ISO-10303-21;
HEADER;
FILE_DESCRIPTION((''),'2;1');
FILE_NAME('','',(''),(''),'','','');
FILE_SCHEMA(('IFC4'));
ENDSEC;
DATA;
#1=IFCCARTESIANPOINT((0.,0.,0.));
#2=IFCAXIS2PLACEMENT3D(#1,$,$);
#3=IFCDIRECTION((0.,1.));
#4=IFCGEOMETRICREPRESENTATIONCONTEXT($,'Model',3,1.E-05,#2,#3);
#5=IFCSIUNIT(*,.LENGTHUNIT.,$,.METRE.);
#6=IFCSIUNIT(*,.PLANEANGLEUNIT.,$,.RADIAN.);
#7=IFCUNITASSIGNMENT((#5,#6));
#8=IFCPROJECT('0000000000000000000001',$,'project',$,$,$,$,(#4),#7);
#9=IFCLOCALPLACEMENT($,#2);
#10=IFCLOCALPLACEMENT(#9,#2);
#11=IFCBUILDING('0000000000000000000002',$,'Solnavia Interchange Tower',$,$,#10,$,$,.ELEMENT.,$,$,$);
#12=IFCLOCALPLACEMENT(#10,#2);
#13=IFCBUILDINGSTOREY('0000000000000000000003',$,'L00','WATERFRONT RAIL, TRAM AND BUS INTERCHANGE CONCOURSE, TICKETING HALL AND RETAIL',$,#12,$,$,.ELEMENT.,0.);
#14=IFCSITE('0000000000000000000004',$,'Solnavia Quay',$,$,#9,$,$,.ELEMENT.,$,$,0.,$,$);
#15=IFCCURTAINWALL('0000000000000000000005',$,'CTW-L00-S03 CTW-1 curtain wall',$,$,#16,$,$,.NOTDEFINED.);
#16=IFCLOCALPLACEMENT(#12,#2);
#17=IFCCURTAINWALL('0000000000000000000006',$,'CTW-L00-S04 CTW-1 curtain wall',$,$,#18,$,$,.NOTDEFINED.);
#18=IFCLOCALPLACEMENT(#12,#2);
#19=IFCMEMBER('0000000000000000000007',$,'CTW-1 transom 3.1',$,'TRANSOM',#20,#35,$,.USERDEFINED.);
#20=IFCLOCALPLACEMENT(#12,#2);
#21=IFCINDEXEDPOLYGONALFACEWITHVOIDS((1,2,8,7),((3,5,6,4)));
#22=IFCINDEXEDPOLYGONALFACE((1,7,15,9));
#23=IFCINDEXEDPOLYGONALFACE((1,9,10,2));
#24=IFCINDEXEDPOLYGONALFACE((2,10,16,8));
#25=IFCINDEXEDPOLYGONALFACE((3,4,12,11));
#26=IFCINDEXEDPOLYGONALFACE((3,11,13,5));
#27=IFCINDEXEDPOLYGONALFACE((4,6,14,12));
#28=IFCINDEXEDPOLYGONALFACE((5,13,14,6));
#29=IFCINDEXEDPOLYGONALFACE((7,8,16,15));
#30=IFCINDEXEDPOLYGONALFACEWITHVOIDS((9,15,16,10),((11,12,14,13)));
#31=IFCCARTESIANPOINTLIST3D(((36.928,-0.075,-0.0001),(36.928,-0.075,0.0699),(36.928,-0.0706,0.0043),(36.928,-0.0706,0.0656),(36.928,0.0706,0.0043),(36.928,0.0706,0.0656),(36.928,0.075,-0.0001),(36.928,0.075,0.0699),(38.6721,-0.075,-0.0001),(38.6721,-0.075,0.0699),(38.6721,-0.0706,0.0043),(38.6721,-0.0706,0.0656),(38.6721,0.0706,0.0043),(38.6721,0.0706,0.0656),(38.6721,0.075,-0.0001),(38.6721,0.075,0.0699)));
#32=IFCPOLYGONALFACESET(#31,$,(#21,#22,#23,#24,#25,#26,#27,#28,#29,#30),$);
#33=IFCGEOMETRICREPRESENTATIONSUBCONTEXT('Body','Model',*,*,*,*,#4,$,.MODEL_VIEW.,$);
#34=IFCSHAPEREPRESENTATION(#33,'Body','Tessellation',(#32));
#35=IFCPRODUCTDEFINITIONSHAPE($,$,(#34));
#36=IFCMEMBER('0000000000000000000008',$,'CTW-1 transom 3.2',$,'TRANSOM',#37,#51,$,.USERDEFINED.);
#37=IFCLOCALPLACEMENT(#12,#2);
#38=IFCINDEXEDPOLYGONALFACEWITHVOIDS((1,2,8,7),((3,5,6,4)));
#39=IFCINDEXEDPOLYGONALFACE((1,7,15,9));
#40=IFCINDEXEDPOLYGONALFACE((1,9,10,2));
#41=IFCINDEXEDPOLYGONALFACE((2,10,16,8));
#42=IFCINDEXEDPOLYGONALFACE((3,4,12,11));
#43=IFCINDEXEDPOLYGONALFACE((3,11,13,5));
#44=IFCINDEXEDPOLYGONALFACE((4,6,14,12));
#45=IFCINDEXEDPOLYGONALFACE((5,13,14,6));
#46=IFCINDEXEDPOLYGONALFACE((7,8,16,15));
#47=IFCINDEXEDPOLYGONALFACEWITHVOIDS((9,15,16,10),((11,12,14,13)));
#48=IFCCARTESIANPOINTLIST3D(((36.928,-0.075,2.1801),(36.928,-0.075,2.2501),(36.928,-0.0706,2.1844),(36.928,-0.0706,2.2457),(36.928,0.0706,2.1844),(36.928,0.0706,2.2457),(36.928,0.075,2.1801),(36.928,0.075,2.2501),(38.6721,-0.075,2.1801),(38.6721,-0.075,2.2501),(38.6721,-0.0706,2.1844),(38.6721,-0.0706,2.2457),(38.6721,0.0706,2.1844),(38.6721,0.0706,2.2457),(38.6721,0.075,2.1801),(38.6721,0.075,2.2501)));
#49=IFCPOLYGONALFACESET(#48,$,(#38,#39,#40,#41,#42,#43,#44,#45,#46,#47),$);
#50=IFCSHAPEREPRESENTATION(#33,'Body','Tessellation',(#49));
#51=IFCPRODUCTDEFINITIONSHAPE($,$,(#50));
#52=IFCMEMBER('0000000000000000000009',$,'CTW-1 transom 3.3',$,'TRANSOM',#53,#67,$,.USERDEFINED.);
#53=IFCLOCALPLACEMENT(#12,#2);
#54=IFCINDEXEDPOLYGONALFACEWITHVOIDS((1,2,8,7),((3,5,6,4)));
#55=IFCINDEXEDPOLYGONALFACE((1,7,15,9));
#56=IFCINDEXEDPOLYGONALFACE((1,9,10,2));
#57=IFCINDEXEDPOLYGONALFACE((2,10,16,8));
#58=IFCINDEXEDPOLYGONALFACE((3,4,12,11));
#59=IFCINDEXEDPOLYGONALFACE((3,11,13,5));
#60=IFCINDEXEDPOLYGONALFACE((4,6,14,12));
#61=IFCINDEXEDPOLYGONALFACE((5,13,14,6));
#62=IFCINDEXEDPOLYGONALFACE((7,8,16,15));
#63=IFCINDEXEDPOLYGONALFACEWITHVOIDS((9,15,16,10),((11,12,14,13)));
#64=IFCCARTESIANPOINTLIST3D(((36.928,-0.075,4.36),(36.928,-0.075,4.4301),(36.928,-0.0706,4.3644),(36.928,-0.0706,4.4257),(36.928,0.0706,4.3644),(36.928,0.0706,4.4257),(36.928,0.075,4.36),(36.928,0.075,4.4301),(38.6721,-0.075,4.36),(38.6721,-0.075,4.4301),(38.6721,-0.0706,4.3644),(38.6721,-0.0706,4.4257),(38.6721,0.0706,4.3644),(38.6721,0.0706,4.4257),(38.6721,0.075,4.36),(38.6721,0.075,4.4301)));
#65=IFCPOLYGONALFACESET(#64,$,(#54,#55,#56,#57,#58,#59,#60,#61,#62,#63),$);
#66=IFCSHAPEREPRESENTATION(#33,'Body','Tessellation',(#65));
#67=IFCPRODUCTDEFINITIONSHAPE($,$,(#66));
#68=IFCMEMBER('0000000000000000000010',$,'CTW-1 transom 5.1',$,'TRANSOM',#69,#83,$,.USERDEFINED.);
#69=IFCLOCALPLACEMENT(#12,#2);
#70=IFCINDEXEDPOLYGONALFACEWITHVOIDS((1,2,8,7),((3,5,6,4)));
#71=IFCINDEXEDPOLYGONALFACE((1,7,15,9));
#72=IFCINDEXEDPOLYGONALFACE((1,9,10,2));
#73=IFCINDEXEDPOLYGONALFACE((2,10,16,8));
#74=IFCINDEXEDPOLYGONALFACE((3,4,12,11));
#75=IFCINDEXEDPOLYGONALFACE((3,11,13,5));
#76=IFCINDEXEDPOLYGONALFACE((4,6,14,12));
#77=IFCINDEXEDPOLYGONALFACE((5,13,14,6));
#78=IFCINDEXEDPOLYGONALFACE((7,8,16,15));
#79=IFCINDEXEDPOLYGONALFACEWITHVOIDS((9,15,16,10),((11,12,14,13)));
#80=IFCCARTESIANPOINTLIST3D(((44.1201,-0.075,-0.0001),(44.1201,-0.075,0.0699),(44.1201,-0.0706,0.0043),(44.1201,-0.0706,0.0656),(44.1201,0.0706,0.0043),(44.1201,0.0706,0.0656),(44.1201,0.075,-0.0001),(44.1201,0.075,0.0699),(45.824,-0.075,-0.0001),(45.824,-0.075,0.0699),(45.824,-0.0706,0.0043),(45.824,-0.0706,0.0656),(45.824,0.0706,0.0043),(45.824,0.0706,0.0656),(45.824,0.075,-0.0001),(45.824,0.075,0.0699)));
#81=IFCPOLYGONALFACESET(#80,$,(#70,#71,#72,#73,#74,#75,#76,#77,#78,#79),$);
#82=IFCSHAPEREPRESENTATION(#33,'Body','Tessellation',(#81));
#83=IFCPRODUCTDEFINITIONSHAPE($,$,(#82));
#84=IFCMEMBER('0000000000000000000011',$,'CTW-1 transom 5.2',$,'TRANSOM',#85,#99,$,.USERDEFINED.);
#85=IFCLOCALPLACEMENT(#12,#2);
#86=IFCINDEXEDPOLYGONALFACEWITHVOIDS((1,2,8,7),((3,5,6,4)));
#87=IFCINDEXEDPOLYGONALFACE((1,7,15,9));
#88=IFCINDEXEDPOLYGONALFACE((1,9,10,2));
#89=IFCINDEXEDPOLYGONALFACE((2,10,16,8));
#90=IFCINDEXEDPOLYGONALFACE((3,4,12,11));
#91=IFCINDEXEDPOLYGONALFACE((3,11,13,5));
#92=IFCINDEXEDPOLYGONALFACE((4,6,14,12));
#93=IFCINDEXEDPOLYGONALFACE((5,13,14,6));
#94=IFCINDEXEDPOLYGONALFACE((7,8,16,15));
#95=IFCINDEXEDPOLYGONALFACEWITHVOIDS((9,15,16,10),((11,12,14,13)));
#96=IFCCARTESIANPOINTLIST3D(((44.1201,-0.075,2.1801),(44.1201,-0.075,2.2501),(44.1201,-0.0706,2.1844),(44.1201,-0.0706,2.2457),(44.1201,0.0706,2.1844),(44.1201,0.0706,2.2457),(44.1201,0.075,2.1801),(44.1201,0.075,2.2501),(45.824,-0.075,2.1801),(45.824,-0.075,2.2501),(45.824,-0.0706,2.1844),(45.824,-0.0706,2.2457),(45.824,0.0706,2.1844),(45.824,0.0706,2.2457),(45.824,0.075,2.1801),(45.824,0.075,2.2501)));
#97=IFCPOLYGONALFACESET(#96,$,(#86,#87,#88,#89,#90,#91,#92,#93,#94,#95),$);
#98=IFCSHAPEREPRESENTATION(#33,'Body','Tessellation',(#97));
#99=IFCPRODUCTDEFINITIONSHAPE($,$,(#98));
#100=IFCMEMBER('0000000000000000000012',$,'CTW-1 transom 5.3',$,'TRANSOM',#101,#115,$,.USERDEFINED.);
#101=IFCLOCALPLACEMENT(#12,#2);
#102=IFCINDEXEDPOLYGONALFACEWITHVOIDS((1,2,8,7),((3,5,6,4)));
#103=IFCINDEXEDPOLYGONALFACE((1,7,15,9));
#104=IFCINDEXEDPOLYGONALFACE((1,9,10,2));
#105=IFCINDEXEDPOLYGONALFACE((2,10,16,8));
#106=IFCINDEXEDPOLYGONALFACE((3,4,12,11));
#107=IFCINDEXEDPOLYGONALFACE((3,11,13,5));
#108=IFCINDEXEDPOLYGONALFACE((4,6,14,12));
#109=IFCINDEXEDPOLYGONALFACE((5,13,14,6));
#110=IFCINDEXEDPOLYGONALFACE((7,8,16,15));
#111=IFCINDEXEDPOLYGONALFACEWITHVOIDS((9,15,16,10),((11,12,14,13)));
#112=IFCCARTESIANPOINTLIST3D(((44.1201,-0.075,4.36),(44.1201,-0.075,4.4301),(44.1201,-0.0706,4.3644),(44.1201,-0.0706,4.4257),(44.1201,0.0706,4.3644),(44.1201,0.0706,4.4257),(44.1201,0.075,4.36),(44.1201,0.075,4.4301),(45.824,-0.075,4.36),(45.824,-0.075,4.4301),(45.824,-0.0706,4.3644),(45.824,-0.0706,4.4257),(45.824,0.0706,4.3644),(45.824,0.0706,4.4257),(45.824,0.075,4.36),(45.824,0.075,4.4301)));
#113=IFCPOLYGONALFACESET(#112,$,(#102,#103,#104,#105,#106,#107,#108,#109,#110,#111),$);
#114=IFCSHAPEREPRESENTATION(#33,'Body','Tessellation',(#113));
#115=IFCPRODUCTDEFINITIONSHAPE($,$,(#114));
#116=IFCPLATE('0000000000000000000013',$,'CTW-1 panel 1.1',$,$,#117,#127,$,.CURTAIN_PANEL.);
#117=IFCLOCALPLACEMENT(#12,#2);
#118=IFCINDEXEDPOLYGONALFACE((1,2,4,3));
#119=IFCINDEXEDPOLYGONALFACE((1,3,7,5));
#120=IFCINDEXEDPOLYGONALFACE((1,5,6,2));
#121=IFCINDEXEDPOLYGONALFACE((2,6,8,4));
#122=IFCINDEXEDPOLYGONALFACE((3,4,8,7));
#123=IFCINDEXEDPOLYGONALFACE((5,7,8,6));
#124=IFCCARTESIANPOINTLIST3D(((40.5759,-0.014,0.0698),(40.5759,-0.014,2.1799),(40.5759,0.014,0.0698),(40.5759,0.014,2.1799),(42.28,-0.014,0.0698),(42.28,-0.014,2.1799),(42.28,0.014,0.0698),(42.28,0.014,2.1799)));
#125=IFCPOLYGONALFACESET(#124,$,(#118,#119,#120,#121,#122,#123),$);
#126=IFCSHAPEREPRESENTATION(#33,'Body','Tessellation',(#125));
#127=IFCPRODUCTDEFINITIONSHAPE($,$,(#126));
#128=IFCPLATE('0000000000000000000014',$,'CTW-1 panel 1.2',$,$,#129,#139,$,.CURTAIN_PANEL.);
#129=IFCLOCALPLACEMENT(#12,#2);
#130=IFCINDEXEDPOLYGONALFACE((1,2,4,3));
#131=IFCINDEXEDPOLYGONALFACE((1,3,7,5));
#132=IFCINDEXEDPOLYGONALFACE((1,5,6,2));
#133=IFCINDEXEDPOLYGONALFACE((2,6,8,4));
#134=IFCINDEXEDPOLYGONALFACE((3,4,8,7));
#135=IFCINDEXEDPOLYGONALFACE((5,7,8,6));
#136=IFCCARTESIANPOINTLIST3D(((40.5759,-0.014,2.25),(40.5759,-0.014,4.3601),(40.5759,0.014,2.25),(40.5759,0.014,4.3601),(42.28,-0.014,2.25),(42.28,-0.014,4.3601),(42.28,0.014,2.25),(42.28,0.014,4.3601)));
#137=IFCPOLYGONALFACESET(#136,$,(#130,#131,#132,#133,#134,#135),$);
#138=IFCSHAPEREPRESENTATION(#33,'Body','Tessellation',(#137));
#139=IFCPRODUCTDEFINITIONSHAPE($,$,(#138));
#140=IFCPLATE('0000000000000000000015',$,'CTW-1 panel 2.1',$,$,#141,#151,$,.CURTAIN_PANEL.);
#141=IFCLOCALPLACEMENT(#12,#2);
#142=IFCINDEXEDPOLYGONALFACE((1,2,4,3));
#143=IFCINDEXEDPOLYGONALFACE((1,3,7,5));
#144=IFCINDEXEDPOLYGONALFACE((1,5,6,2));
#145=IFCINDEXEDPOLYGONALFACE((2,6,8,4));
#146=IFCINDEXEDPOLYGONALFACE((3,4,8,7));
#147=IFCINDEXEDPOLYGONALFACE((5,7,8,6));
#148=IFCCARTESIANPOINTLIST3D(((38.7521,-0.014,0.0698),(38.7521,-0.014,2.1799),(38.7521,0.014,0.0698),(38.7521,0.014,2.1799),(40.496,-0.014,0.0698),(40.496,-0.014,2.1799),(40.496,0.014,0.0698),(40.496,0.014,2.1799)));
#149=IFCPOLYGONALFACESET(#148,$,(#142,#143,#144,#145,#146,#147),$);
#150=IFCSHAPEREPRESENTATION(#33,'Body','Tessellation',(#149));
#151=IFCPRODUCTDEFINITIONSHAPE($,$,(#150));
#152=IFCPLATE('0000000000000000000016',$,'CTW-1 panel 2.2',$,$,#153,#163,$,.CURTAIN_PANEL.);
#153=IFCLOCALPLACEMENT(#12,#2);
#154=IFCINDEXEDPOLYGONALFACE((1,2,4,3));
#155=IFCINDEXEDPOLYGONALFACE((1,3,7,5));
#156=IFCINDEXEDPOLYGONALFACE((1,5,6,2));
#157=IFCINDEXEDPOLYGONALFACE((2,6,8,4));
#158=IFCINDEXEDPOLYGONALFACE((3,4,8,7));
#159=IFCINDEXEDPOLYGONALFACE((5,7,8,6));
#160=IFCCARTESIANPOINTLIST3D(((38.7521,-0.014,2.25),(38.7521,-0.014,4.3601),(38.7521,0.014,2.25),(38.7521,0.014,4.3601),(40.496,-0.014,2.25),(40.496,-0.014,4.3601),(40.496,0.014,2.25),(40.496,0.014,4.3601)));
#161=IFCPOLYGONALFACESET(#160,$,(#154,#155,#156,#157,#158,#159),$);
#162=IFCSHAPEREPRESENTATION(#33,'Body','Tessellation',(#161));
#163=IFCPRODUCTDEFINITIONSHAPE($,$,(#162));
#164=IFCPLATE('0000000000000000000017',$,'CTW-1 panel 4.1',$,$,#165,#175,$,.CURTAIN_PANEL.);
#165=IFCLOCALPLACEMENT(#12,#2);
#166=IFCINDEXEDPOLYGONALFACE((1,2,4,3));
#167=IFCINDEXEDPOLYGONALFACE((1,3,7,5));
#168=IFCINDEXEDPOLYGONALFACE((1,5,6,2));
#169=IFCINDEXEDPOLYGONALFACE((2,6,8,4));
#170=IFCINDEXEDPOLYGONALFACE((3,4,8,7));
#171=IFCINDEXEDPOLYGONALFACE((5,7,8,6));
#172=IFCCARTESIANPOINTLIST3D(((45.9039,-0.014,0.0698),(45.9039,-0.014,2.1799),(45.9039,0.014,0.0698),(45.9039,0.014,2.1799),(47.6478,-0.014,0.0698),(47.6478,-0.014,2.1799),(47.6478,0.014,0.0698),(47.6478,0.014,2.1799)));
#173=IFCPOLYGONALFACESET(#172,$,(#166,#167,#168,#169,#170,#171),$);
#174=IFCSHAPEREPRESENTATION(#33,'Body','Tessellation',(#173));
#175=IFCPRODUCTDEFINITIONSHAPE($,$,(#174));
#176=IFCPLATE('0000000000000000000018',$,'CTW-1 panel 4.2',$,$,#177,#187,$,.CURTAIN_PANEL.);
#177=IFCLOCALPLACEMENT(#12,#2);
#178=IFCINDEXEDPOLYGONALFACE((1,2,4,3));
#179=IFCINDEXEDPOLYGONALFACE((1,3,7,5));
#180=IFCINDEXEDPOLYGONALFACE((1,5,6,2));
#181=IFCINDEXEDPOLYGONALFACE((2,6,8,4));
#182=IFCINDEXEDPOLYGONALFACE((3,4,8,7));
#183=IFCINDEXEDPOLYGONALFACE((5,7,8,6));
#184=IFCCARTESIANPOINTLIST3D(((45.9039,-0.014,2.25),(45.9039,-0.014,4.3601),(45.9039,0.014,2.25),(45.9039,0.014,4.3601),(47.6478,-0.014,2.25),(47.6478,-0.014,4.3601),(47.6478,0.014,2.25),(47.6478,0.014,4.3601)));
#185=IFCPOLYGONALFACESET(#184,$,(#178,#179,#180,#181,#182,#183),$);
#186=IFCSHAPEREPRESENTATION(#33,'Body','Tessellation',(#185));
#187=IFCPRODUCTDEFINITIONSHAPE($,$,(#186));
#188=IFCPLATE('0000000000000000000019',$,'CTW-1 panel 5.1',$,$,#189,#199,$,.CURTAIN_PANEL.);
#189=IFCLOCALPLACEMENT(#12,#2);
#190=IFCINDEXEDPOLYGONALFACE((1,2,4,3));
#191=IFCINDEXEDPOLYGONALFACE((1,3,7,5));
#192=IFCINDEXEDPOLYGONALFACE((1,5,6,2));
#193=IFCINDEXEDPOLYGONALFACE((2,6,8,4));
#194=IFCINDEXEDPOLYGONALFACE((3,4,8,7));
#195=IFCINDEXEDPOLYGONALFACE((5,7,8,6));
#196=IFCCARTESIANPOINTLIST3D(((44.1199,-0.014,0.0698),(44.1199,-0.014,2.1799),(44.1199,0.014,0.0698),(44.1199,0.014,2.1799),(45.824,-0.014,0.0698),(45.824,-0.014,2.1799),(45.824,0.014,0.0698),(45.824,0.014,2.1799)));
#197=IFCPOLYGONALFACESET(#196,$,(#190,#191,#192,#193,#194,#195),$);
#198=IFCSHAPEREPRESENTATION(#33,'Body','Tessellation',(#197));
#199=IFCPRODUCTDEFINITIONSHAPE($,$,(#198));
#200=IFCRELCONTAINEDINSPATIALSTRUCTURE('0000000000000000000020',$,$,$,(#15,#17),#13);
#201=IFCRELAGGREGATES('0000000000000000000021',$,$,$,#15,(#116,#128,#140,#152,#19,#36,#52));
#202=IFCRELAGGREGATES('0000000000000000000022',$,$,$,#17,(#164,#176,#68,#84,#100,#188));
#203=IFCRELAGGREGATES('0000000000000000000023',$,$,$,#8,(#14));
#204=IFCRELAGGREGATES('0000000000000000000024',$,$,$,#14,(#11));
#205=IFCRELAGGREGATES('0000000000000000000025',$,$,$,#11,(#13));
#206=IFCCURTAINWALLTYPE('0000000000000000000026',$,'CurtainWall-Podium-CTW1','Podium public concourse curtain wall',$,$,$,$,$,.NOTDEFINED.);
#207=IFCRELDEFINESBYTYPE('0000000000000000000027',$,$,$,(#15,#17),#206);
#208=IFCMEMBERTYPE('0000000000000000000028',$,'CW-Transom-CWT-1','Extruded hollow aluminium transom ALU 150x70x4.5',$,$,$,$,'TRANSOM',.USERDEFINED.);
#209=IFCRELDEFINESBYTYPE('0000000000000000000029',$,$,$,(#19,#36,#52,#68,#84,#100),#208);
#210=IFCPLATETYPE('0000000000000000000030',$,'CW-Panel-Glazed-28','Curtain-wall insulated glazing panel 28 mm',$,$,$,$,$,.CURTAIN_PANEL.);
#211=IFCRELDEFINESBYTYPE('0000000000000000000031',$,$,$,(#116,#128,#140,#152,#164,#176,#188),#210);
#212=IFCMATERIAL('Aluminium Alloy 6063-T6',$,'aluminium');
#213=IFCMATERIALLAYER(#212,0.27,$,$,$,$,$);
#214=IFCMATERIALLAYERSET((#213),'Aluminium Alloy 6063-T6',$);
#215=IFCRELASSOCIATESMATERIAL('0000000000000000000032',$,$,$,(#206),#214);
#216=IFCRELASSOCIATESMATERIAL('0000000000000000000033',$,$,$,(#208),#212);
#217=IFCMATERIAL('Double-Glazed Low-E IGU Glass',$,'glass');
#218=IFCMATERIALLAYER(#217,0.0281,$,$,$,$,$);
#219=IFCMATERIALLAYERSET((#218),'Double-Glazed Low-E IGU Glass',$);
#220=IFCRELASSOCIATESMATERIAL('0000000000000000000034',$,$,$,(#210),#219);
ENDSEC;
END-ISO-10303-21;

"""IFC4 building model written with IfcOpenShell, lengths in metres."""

from ifc_helpers import new_model, si_unit, direction, frame, origin, origin_2d, place, context, subcontext, project, spatial, rectangle, hollow_rectangle, extrude, material, layer, layer_set, material_profile, profile_set, type_object, element, aggregate, save


model = new_model("IFC4")

# Units and contexts
model_context = context("Model", 3, precision=1e-05, world=origin(), true_north=direction((0.0, 1.0)))
body_context = subcontext(model_context, "Body", "Model", "MODEL_VIEW")
ifc_project = project(units=[si_unit("LENGTHUNIT", "METRE"), si_unit("PLANEANGLEUNIT", "RADIAN")], contexts=[model_context])

# Site, building, storey
site_placement = place(None, origin())
site = spatial("IfcSite", under=ifc_project, at=site_placement, Name="Solnavia Quay", CompositionType="ELEMENT", RefElevation=0.0)
building_placement = place(site_placement, origin())
building = spatial("IfcBuilding", under=site, at=building_placement, Name="Solnavia Interchange Tower", CompositionType="ELEMENT")
storey_placement = place(building_placement, origin())
storey = spatial("IfcBuildingStorey", under=building, at=storey_placement, Name="L00", Description="WATERFRONT RAIL, TRAM AND BUS INTERCHANGE CONCOURSE, TICKETING HALL AND RETAIL", CompositionType="ELEMENT", Elevation=0.0)

# Curtain walls
ifc_material_1 = material(Name="Aluminium Alloy 6063-T6", Category="aluminium")
ifc_layer_1 = layer(ifc_material_1, 0.27)
ifc_layer_set_1 = layer_set([ifc_layer_1], Name="Aluminium Alloy 6063-T6")
curtain_wall_type = type_object("IfcCurtainWallType", Name="CurtainWall-Podium-CTW1", Description="Podium public concourse curtain wall", PredefinedType="NOTDEFINED", material=ifc_layer_set_1)
curtain_wall_1_placement = place(storey_placement, origin())
curtain_wall_1 = element("IfcCurtainWall", 1, at=curtain_wall_1_placement, inside=storey, type_object=curtain_wall_type, Name="CTW-L00-S03 CTW-1 curtain wall", PredefinedType="NOTDEFINED")
curtain_wall_2_placement = place(storey_placement, origin())
curtain_wall_2 = element("IfcCurtainWall", 2, at=curtain_wall_2_placement, inside=storey, type_object=curtain_wall_type, Name="CTW-L00-S04 CTW-1 curtain wall", PredefinedType="NOTDEFINED")

# Members
ifc_material_profile_1 = material_profile(ifc_material_1, hollow_rectangle(XDim=0.0701, YDim=0.1499, WallThickness=0.0044, at=origin_2d()), Name="ALU 150x70x4.5")
ifc_profile_set_1 = profile_set([ifc_material_profile_1], Name="Aluminium Alloy 6063-T6")
member_type_1 = type_object("IfcMemberType", Name="CW-Transom-CWT-1", Description="Extruded hollow aluminium transom ALU 150x70x4.5", ElementType="TRANSOM", PredefinedType="USERDEFINED", material=ifc_profile_set_1)
member_1_placement = place(storey_placement, frame((38.6721, 0.0, 0.0349), z_axis=(-1.0, 0.0, 0.0), x_axis=(0.0, 0.0, 1.0)))
member_1 = element("IfcMember", 3, at=member_1_placement, type_object=member_type_1, Name="CTW-1 transom 3.1", ObjectType="TRANSOM", PredefinedType="USERDEFINED", context=body_context, shape_type="SweptSolid", body=[
    extrude(hollow_rectangle(XDim=0.0701, YDim=0.1499, WallThickness=0.0044, at=origin_2d()), origin(), (0.0, 0.0, 1.0), 1.7441),
])
member_2_placement = place(storey_placement, frame((38.6721, 0.0, 2.2151), z_axis=(-1.0, 0.0, 0.0), x_axis=(0.0, 0.0, 1.0)))
member_2 = element("IfcMember", 4, at=member_2_placement, type_object=member_type_1, Name="CTW-1 transom 3.2", ObjectType="TRANSOM", PredefinedType="USERDEFINED", context=body_context, shape_type="SweptSolid", body=[
    extrude(hollow_rectangle(XDim=0.0701, YDim=0.1499, WallThickness=0.0044, at=origin_2d()), origin(), (0.0, 0.0, 1.0), 1.7441),
])
member_3_placement = place(storey_placement, frame((38.6721, 0.0, 4.395), z_axis=(-1.0, 0.0, 0.0), x_axis=(0.0, 0.0, 1.0)))
member_3 = element("IfcMember", 5, at=member_3_placement, type_object=member_type_1, Name="CTW-1 transom 3.3", ObjectType="TRANSOM", PredefinedType="USERDEFINED", context=body_context, shape_type="SweptSolid", body=[
    extrude(hollow_rectangle(XDim=0.0701, YDim=0.1499, WallThickness=0.0044, at=origin_2d()), origin(), (0.0, 0.0, 1.0), 1.7441),
])
member_4_placement = place(storey_placement, frame((45.824, 0.0, 0.0349), z_axis=(-1.0, 0.0, 0.0), x_axis=(0.0, 0.0, 1.0)))
member_4 = element("IfcMember", 6, at=member_4_placement, type_object=member_type_1, Name="CTW-1 transom 5.1", ObjectType="TRANSOM", PredefinedType="USERDEFINED", context=body_context, shape_type="SweptSolid", body=[
    extrude(hollow_rectangle(XDim=0.0701, YDim=0.1499, WallThickness=0.0044, at=origin_2d()), origin(), (0.0, 0.0, 1.0), 1.7039),
])
member_5_placement = place(storey_placement, frame((45.824, 0.0, 2.2151), z_axis=(-1.0, 0.0, 0.0), x_axis=(0.0, 0.0, 1.0)))
member_5 = element("IfcMember", 7, at=member_5_placement, type_object=member_type_1, Name="CTW-1 transom 5.2", ObjectType="TRANSOM", PredefinedType="USERDEFINED", context=body_context, shape_type="SweptSolid", body=[
    extrude(hollow_rectangle(XDim=0.0701, YDim=0.1499, WallThickness=0.0044, at=origin_2d()), origin(), (0.0, 0.0, 1.0), 1.7039),
])
member_6_placement = place(storey_placement, frame((45.824, 0.0, 4.395), z_axis=(-1.0, 0.0, 0.0), x_axis=(0.0, 0.0, 1.0)))
member_6 = element("IfcMember", 8, at=member_6_placement, type_object=member_type_1, Name="CTW-1 transom 5.3", ObjectType="TRANSOM", PredefinedType="USERDEFINED", context=body_context, shape_type="SweptSolid", body=[
    extrude(hollow_rectangle(XDim=0.0701, YDim=0.1499, WallThickness=0.0044, at=origin_2d()), origin(), (0.0, 0.0, 1.0), 1.7039),
])

# Plates
ifc_material_2 = material(Name="Double-Glazed Low-E IGU Glass", Category="glass")
ifc_layer_2 = layer(ifc_material_2, 0.0281)
ifc_layer_set_2 = layer_set([ifc_layer_2], Name="Double-Glazed Low-E IGU Glass")
plate_type = type_object("IfcPlateType", Name="CW-Panel-Glazed-28", Description="Curtain-wall insulated glazing panel 28 mm", PredefinedType="CURTAIN_PANEL", material=ifc_layer_set_2)
plate_1_placement = place(storey_placement, frame((41.428, 0.0, 0.0698), z_axis=(0.0, 0.0, 1.0), x_axis=(-1.0, 0.0, 0.0)))
plate_1 = element("IfcPlate", 9, at=plate_1_placement, type_object=plate_type, Name="CTW-1 panel 1.1", PredefinedType="CURTAIN_PANEL", context=body_context, shape_type="SweptSolid", body=[
    extrude(rectangle(XDim=1.7041, YDim=0.0281, at=origin_2d()), origin(), (0.0, 0.0, 1.0), 2.1101),
])
plate_2_placement = place(storey_placement, frame((41.428, 0.0, 2.25), z_axis=(0.0, 0.0, 1.0), x_axis=(-1.0, 0.0, 0.0)))
plate_2 = element("IfcPlate", 10, at=plate_2_placement, type_object=plate_type, Name="CTW-1 panel 1.2", PredefinedType="CURTAIN_PANEL", context=body_context, shape_type="SweptSolid", body=[
    extrude(rectangle(XDim=1.7041, YDim=0.0281, at=origin_2d()), origin(), (0.0, 0.0, 1.0), 2.1101),
])
plate_3_placement = place(storey_placement, frame((39.624, 0.0, 0.0698), z_axis=(0.0, 0.0, 1.0), x_axis=(-1.0, 0.0, 0.0)))
plate_3 = element("IfcPlate", 11, at=plate_3_placement, type_object=plate_type, Name="CTW-1 panel 2.1", PredefinedType="CURTAIN_PANEL", context=body_context, shape_type="SweptSolid", body=[
    extrude(rectangle(XDim=1.7439, YDim=0.0281, at=origin_2d()), origin(), (0.0, 0.0, 1.0), 2.1101),
])
plate_4_placement = place(storey_placement, frame((39.624, 0.0, 2.25), z_axis=(0.0, 0.0, 1.0), x_axis=(-1.0, 0.0, 0.0)))
plate_4 = element("IfcPlate", 12, at=plate_4_placement, type_object=plate_type, Name="CTW-1 panel 2.2", PredefinedType="CURTAIN_PANEL", context=body_context, shape_type="SweptSolid", body=[
    extrude(rectangle(XDim=1.7439, YDim=0.0281, at=origin_2d()), origin(), (0.0, 0.0, 1.0), 2.1101),
])
aggregate(curtain_wall_1, [plate_1, plate_2, plate_3, plate_4, member_1, member_2, member_3])
plate_5_placement = place(storey_placement, frame((46.7759, 0.0, 0.0698), z_axis=(0.0, 0.0, 1.0), x_axis=(-1.0, 0.0, 0.0)))
plate_5 = element("IfcPlate", 13, at=plate_5_placement, type_object=plate_type, Name="CTW-1 panel 4.1", PredefinedType="CURTAIN_PANEL", context=body_context, shape_type="SweptSolid", body=[
    extrude(rectangle(XDim=1.7439, YDim=0.0281, at=origin_2d()), origin(), (0.0, 0.0, 1.0), 2.1101),
])
plate_6_placement = place(storey_placement, frame((46.7759, 0.0, 2.25), z_axis=(0.0, 0.0, 1.0), x_axis=(-1.0, 0.0, 0.0)))
plate_6 = element("IfcPlate", 14, at=plate_6_placement, type_object=plate_type, Name="CTW-1 panel 4.2", PredefinedType="CURTAIN_PANEL", context=body_context, shape_type="SweptSolid", body=[
    extrude(rectangle(XDim=1.7439, YDim=0.0281, at=origin_2d()), origin(), (0.0, 0.0, 1.0), 2.1101),
])
plate_7_placement = place(storey_placement, frame((44.9719, 0.0, 0.0698), z_axis=(0.0, 0.0, 1.0), x_axis=(-1.0, 0.0, 0.0)))
plate_7 = element("IfcPlate", 15, at=plate_7_placement, type_object=plate_type, Name="CTW-1 panel 5.1", PredefinedType="CURTAIN_PANEL", context=body_context, shape_type="SweptSolid", body=[
    extrude(rectangle(XDim=1.7041, YDim=0.0281, at=origin_2d()), origin(), (0.0, 0.0, 1.0), 2.1101),
])
aggregate(curtain_wall_2, [plate_5, plate_6, member_4, member_5, member_6, plate_7])

save(model, "model.ifc")
